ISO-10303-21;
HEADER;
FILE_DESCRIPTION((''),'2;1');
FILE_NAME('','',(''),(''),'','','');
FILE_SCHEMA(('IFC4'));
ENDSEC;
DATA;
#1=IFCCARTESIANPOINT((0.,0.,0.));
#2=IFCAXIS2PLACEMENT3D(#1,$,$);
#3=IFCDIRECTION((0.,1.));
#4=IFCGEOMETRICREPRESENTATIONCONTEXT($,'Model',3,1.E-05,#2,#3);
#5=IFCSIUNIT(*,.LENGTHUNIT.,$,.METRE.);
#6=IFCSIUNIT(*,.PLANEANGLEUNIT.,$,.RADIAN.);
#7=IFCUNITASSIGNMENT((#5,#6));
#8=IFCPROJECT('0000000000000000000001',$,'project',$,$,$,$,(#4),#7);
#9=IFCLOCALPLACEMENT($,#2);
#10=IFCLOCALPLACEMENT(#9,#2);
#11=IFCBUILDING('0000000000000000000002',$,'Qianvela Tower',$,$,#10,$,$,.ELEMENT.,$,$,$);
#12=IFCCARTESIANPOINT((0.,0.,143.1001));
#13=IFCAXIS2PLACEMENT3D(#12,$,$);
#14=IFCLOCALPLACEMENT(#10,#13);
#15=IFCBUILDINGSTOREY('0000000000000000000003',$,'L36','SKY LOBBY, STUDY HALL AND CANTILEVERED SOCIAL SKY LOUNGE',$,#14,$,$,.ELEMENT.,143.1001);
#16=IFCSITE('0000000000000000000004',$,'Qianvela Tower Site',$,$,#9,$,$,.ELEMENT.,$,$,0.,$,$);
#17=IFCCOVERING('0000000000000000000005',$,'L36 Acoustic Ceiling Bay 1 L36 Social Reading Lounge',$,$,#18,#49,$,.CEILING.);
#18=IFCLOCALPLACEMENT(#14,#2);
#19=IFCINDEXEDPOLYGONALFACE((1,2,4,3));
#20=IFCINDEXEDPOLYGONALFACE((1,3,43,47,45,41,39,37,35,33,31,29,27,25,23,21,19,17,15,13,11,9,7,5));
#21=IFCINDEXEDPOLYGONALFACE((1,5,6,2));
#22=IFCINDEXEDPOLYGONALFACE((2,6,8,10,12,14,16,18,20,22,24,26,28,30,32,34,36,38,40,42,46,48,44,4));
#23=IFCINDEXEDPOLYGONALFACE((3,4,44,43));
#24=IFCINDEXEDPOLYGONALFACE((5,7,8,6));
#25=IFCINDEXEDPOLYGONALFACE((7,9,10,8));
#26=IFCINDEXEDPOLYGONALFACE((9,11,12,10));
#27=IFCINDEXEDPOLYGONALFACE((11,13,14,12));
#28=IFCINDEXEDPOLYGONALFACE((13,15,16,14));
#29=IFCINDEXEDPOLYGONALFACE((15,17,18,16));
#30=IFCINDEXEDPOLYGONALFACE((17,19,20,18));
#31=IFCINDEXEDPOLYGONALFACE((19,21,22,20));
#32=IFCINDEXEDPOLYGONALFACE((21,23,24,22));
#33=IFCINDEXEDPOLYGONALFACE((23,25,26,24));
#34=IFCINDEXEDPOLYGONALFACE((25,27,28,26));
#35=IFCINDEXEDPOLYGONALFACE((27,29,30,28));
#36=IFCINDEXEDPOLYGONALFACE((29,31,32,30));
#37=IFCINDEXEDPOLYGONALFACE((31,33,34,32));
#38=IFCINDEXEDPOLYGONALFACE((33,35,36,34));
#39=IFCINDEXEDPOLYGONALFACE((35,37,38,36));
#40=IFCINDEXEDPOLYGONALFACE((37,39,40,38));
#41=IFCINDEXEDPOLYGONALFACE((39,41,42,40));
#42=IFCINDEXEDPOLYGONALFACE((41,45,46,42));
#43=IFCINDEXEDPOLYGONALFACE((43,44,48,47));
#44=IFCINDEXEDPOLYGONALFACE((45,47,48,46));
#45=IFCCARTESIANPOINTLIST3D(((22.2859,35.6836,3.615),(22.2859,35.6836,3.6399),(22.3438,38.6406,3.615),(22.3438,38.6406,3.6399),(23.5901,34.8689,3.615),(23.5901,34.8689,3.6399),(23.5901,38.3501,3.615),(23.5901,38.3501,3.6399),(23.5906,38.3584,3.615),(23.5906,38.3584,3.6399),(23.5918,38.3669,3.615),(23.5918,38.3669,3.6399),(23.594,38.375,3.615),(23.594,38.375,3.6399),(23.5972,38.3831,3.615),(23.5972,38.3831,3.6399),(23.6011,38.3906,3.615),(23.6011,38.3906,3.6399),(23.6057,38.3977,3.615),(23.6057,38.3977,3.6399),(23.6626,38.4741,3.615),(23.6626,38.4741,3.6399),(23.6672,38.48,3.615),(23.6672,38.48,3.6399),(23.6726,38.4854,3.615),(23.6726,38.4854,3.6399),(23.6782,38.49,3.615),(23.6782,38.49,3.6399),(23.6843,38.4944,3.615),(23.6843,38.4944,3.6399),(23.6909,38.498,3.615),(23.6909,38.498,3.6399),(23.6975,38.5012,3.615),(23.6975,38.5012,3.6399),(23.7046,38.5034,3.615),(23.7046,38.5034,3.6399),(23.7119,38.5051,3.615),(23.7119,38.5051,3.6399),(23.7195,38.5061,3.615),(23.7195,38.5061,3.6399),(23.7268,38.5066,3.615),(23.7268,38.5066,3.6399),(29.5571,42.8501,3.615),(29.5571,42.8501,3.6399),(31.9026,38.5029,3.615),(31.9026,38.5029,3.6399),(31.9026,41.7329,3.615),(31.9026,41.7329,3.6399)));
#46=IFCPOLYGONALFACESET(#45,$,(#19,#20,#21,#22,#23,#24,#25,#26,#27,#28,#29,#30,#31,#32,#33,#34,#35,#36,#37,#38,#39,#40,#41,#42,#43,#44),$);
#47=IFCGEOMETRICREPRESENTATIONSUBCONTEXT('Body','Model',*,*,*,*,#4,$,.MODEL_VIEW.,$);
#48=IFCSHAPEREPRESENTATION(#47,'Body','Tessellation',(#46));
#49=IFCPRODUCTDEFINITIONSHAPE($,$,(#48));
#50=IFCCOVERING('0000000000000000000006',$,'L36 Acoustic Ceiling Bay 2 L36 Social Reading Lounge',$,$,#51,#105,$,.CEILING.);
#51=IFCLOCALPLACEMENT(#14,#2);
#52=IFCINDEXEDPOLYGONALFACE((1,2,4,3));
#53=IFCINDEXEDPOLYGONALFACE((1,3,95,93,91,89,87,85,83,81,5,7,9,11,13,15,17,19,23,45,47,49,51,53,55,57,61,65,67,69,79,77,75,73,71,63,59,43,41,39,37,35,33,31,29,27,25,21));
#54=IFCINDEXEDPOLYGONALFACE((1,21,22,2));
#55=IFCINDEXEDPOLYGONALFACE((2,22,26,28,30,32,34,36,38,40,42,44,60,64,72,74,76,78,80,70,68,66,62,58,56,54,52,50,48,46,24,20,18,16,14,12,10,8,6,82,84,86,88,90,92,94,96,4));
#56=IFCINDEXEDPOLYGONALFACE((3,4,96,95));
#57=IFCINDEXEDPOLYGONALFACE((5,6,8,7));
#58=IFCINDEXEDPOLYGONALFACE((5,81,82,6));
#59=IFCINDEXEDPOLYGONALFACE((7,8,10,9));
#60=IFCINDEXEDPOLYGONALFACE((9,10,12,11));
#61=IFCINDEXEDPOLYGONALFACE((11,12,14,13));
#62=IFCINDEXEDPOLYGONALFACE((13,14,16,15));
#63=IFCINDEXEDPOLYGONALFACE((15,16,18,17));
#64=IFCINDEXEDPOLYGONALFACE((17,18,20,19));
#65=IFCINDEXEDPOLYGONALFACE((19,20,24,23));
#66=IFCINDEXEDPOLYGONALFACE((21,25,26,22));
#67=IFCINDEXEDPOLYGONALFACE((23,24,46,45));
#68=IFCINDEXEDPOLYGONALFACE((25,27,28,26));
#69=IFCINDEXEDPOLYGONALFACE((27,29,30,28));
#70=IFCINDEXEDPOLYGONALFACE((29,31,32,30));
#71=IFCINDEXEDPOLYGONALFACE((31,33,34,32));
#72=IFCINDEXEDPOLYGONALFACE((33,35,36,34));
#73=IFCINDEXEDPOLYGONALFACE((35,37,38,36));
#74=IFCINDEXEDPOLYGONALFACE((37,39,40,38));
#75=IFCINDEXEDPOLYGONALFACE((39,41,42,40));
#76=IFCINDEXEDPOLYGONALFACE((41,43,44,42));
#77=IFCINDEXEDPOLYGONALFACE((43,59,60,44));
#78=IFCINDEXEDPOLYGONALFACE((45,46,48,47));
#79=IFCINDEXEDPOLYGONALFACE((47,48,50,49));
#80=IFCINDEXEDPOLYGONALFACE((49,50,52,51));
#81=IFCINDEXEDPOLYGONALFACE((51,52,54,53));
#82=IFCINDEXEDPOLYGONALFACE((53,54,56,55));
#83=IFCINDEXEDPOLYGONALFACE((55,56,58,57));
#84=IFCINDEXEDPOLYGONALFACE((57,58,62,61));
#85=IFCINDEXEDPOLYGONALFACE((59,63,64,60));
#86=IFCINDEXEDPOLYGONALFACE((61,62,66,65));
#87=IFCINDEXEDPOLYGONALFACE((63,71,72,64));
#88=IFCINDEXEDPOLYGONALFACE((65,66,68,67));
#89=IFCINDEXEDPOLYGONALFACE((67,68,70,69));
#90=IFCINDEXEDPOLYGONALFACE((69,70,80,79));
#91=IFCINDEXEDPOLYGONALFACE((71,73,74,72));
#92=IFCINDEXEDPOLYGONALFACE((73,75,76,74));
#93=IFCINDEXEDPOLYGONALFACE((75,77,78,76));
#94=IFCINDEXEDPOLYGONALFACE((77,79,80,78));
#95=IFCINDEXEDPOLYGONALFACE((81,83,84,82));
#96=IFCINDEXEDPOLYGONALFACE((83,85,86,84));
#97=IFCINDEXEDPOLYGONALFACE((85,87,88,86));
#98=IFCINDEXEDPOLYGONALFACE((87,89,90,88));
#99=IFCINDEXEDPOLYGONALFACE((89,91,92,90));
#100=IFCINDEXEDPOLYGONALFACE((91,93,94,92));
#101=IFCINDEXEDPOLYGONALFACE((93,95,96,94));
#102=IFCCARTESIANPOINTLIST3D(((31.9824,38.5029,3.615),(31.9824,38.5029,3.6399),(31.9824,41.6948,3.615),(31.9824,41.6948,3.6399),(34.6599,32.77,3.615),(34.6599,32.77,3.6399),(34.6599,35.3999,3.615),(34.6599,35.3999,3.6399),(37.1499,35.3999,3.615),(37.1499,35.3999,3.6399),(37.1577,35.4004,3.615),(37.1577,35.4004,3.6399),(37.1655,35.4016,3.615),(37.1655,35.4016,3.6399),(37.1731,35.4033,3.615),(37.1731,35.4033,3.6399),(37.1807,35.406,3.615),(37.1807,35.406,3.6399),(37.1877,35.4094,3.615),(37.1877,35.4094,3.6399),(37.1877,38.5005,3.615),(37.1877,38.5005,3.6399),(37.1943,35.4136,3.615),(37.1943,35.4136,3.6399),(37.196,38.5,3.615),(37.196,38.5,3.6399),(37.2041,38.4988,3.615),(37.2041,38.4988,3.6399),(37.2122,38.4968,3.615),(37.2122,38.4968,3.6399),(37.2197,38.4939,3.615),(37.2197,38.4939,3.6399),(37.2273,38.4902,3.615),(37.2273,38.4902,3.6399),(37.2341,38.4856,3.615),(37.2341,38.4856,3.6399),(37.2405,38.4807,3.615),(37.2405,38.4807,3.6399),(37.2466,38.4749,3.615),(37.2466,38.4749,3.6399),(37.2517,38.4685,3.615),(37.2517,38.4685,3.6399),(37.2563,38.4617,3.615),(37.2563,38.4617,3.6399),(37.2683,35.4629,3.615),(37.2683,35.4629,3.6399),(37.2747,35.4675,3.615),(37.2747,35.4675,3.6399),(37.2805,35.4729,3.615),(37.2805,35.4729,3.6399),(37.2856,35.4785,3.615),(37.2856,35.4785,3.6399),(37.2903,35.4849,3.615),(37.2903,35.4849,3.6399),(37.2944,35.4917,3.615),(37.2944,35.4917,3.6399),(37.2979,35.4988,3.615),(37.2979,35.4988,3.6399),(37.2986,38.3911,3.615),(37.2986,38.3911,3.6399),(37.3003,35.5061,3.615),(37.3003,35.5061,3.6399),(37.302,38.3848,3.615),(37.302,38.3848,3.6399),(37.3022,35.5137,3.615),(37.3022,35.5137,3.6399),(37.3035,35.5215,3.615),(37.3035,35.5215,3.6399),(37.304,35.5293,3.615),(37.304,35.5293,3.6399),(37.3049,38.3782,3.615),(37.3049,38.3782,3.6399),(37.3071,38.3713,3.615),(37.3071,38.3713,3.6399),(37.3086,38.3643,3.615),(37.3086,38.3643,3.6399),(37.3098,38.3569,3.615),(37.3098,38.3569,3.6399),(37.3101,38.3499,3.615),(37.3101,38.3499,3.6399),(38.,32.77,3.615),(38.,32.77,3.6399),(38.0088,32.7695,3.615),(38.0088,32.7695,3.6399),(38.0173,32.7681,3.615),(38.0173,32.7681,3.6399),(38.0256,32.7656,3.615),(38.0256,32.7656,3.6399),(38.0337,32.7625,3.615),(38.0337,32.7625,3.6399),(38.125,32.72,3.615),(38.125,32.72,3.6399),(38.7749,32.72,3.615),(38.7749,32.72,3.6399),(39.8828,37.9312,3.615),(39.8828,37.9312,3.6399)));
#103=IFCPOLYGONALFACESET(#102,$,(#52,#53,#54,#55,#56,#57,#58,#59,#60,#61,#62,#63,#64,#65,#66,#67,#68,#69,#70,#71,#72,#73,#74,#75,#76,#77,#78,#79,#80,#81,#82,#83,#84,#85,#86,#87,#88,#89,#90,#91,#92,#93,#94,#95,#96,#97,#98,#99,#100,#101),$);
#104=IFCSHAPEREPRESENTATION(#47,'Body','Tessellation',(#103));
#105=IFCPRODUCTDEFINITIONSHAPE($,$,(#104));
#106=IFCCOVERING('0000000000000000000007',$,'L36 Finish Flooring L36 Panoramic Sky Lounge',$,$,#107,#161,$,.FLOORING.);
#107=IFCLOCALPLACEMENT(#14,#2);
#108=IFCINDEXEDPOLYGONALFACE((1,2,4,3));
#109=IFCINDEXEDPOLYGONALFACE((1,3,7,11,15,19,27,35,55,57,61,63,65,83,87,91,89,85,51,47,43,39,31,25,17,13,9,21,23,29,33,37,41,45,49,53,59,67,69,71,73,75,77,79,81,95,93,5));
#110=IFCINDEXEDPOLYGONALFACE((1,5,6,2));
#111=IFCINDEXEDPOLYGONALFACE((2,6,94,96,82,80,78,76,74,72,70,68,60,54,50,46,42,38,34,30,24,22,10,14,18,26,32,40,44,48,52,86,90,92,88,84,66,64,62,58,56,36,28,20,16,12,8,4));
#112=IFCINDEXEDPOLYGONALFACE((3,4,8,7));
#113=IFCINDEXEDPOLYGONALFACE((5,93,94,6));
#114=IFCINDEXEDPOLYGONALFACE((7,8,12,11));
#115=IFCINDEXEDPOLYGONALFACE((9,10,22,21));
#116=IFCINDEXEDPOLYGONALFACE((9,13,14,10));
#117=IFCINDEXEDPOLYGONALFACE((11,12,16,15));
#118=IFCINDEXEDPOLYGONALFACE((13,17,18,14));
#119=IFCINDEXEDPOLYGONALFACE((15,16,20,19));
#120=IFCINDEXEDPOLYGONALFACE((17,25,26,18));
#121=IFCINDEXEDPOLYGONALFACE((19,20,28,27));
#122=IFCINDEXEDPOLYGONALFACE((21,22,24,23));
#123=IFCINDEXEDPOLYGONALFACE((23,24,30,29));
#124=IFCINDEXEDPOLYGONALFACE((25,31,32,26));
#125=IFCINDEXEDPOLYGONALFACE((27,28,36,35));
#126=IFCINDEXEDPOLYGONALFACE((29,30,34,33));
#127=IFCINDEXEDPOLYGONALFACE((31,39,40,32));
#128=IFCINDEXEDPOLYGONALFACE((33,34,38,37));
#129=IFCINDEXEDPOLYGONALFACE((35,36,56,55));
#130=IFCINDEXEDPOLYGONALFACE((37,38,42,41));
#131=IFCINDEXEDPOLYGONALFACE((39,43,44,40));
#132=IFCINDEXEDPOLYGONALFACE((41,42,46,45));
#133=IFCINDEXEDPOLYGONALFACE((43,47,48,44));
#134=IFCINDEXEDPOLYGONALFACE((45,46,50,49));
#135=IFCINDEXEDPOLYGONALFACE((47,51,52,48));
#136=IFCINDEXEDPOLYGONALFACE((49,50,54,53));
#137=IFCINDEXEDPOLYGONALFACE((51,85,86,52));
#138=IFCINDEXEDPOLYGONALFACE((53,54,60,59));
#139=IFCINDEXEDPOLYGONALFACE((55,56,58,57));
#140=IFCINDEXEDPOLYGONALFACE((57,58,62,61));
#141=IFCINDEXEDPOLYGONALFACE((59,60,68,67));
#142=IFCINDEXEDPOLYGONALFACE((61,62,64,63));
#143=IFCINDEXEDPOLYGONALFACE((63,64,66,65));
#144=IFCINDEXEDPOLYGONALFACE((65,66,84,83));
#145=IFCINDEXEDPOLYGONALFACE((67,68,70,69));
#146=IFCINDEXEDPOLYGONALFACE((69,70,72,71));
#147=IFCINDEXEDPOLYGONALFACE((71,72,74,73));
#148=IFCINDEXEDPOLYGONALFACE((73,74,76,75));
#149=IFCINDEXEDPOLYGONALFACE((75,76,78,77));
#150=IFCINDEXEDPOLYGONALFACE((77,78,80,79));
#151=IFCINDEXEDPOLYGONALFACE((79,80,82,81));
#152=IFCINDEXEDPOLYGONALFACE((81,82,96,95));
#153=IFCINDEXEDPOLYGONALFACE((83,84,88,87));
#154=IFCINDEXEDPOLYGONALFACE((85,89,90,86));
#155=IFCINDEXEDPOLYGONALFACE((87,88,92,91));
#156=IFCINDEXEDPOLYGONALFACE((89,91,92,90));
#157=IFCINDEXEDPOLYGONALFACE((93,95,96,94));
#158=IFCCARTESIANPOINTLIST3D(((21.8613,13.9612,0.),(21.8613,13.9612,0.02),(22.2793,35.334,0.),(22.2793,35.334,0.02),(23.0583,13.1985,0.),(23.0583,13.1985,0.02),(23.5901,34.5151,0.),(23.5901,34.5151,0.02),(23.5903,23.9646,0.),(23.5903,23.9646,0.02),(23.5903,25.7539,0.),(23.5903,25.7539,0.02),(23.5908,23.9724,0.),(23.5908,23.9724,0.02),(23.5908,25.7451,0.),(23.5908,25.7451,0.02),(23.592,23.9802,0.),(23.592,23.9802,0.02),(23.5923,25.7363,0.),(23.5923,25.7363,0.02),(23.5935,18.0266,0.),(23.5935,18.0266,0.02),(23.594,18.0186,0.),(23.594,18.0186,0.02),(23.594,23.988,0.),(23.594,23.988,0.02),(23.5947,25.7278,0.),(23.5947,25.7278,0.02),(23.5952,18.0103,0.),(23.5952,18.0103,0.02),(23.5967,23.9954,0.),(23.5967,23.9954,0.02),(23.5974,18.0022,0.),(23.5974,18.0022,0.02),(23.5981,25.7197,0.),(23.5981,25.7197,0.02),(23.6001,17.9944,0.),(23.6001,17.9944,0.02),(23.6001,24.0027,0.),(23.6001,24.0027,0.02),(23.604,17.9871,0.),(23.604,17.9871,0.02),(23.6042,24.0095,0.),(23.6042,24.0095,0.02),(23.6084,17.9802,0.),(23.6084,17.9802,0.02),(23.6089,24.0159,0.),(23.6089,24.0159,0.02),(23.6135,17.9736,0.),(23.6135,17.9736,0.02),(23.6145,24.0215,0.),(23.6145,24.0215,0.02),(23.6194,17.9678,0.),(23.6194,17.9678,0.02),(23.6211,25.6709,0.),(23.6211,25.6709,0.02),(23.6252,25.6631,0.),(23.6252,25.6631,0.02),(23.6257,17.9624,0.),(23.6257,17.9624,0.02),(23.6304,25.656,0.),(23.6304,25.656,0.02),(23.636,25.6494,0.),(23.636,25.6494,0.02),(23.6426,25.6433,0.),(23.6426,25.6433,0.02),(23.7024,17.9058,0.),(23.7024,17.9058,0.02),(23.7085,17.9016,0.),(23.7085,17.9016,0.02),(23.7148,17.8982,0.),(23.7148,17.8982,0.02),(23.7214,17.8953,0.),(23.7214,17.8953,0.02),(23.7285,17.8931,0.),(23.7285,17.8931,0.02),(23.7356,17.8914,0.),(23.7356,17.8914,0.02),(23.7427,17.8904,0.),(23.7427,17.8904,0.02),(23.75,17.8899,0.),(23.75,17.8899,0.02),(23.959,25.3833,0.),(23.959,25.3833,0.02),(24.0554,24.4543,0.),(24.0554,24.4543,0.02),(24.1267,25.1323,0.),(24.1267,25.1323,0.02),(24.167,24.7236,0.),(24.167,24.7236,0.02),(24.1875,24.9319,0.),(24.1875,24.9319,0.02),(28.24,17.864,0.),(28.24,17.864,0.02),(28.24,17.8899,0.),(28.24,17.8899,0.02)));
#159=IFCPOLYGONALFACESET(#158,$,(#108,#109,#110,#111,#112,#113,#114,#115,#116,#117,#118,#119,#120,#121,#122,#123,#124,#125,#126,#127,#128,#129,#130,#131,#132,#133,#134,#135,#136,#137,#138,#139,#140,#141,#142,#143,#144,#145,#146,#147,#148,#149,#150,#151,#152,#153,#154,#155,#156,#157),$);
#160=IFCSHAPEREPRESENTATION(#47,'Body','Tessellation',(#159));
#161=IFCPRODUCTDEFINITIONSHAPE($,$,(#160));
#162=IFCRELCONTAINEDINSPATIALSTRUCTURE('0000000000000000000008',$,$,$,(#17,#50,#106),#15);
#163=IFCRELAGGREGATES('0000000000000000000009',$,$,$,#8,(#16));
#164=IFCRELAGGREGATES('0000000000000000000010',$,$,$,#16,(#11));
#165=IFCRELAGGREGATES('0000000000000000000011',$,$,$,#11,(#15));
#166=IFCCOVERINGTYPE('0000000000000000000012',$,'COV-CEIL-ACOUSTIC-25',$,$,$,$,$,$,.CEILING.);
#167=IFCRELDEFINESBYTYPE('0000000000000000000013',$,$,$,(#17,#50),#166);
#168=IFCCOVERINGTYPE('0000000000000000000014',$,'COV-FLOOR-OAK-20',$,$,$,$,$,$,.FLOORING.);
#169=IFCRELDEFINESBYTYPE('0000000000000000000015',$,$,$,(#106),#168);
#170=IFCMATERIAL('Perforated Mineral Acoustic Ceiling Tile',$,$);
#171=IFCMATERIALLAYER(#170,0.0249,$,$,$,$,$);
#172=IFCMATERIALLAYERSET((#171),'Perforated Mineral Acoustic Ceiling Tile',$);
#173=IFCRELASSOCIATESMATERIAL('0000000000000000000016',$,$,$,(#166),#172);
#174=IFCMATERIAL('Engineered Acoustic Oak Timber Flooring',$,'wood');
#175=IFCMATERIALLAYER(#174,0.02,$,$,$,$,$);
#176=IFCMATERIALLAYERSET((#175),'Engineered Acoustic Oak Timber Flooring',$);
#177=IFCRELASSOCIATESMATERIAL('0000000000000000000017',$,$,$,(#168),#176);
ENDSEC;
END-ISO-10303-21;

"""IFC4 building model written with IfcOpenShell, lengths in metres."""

from ifc_helpers import new_model, si_unit, direction, frame, origin, place, context, subcontext, project, spatial, polyline, outline, extrude, material, layer, layer_set, type_object, element, save


model = new_model("IFC4")

# Units and contexts
model_context = context("Model", 3, precision=1e-05, world=origin(), true_north=direction((0.0, 1.0)))
body_context = subcontext(model_context, "Body", "Model", "MODEL_VIEW")
ifc_project = project(units=[si_unit("LENGTHUNIT", "METRE"), si_unit("PLANEANGLEUNIT", "RADIAN")], contexts=[model_context])

# Site, building, storey
site_placement = place(None, origin())
site = spatial("IfcSite", under=ifc_project, at=site_placement, Name="Qianvela Tower Site", CompositionType="ELEMENT", RefElevation=0.0)
building_placement = place(site_placement, origin())
building = spatial("IfcBuilding", under=site, at=building_placement, Name="Qianvela Tower", CompositionType="ELEMENT")
storey_placement = place(building_placement, frame((0.0, 0.0, 143.1001)))
storey = spatial("IfcBuildingStorey", under=building, at=storey_placement, Name="L36", Description="SKY LOBBY, STUDY HALL AND CANTILEVERED SOCIAL SKY LOUNGE", CompositionType="ELEMENT", Elevation=143.1001)

# Coverings
ifc_material_1 = material(Name="Perforated Mineral Acoustic Ceiling Tile")
ifc_layer_1 = layer(ifc_material_1, 0.0249)
ifc_layer_set_1 = layer_set([ifc_layer_1], Name="Perforated Mineral Acoustic Ceiling Tile")
covering_type_1 = type_object("IfcCoveringType", Name="COV-CEIL-ACOUSTIC-25", PredefinedType="CEILING", material=ifc_layer_set_1)
covering_1_placement = place(storey_placement, frame((0.0, 0.0, 3.615)))
element("IfcCovering", 1, at=covering_1_placement, inside=storey, type_object=covering_type_1, Name="L36 Acoustic Ceiling Bay 1 L36 Social Reading Lounge", PredefinedType="CEILING", context=body_context, shape_type="SweptSolid", body=[
    extrude(outline(polyline([(23.7268, 38.5066), (23.7195, 38.5061), (23.7119, 38.5051), (23.7046, 38.5034), (23.6975, 38.5012), (23.6909, 38.498), (23.6843, 38.4944), (23.6782, 38.49), (23.6726, 38.4854), (23.6672, 38.48), (23.6626, 38.4741), (23.6057, 38.3977), (23.6011, 38.3906), (23.5972, 38.3831), (23.594, 38.375), (23.5918, 38.3669), (23.5906, 38.3584), (23.5901, 38.3501), (23.5901, 34.8689), (22.2859, 35.6836), (22.3438, 38.6406), (29.5571, 42.8501), (31.9026, 41.7329), (31.9026, 38.5029), (23.7268, 38.5066)])), origin(), (0.0, 0.0, 1.0), 0.0249),
])
covering_2_placement = place(storey_placement, frame((0.0, 0.0, 3.615)))
element("IfcCovering", 2, at=covering_2_placement, inside=storey, type_object=covering_type_1, Name="L36 Acoustic Ceiling Bay 2 L36 Social Reading Lounge", PredefinedType="CEILING", context=body_context, shape_type="SweptSolid", body=[
    extrude(outline(polyline([(38.7749, 32.72), (38.125, 32.72), (38.0337, 32.7625), (38.0256, 32.7656), (38.0173, 32.7681), (38.0088, 32.7695), (38.0, 32.77), (34.6599, 32.77), (34.6599, 35.3999), (37.1499, 35.3999), (37.1577, 35.4004), (37.1655, 35.4016), (37.1731, 35.4033), (37.1807, 35.406), (37.1877, 35.4094), (37.1943, 35.4136), (37.2683, 35.4629), (37.2747, 35.4675), (37.2805, 35.4729), (37.2856, 35.4785), (37.2903, 35.4849), (37.2944, 35.4917), (37.2979, 35.4988), (37.3003, 35.5061), (37.3022, 35.5137), (37.3035, 35.5215), (37.304, 35.5293), (37.3101, 38.3499), (37.3098, 38.3569), (37.3086, 38.3643), (37.3071, 38.3713), (37.3049, 38.3782), (37.302, 38.3848), (37.2986, 38.3911), (37.2563, 38.4617), (37.2517, 38.4685), (37.2466, 38.4749), (37.2405, 38.4807), (37.2341, 38.4856), (37.2273, 38.4902), (37.2197, 38.4939), (37.2122, 38.4968), (37.2041, 38.4988), (37.196, 38.5), (37.1877, 38.5005), (31.9824, 38.5029), (31.9824, 41.6948), (39.8828, 37.9312), (38.7749, 32.72)])), origin(), (0.0, 0.0, 1.0), 0.0249),
])
ifc_material_2 = material(Name="Engineered Acoustic Oak Timber Flooring", Category="wood")
ifc_layer_2 = layer(ifc_material_2, 0.02)
ifc_layer_set_2 = layer_set([ifc_layer_2], Name="Engineered Acoustic Oak Timber Flooring")
covering_type_2 = type_object("IfcCoveringType", Name="COV-FLOOR-OAK-20", PredefinedType="FLOORING", material=ifc_layer_set_2)
covering_3_placement = place(storey_placement, origin())
element("IfcCovering", 3, at=covering_3_placement, inside=storey, type_object=covering_type_2, Name="L36 Finish Flooring L36 Panoramic Sky Lounge", PredefinedType="FLOORING", context=body_context, shape_type="SweptSolid", body=[
    extrude(outline(polyline([(23.5901, 34.5151), (23.5903, 25.7539), (23.5908, 25.7451), (23.5923, 25.7363), (23.5947, 25.7278), (23.5981, 25.7197), (23.6211, 25.6709), (23.6252, 25.6631), (23.6304, 25.656), (23.636, 25.6494), (23.6426, 25.6433), (23.959, 25.3833), (24.1267, 25.1323), (24.1875, 24.9319), (24.167, 24.7236), (24.0554, 24.4543), (23.6145, 24.0215), (23.6089, 24.0159), (23.6042, 24.0095), (23.6001, 24.0027), (23.5967, 23.9954), (23.594, 23.988), (23.592, 23.9802), (23.5908, 23.9724), (23.5903, 23.9646), (23.5935, 18.0266), (23.594, 18.0186), (23.5952, 18.0103), (23.5974, 18.0022), (23.6001, 17.9944), (23.604, 17.9871), (23.6084, 17.9802), (23.6135, 17.9736), (23.6194, 17.9678), (23.6257, 17.9624), (23.7024, 17.9058), (23.7085, 17.9016), (23.7148, 17.8982), (23.7214, 17.8953), (23.7285, 17.8931), (23.7356, 17.8914), (23.7427, 17.8904), (23.75, 17.8899), (28.24, 17.8899), (28.24, 17.864), (23.0583, 13.1985), (21.8613, 13.9612), (22.2793, 35.334), (23.5901, 34.5151)])), origin(), (0.0, 0.0, 1.0), 0.02),
])

save(model, "model.ifc")
